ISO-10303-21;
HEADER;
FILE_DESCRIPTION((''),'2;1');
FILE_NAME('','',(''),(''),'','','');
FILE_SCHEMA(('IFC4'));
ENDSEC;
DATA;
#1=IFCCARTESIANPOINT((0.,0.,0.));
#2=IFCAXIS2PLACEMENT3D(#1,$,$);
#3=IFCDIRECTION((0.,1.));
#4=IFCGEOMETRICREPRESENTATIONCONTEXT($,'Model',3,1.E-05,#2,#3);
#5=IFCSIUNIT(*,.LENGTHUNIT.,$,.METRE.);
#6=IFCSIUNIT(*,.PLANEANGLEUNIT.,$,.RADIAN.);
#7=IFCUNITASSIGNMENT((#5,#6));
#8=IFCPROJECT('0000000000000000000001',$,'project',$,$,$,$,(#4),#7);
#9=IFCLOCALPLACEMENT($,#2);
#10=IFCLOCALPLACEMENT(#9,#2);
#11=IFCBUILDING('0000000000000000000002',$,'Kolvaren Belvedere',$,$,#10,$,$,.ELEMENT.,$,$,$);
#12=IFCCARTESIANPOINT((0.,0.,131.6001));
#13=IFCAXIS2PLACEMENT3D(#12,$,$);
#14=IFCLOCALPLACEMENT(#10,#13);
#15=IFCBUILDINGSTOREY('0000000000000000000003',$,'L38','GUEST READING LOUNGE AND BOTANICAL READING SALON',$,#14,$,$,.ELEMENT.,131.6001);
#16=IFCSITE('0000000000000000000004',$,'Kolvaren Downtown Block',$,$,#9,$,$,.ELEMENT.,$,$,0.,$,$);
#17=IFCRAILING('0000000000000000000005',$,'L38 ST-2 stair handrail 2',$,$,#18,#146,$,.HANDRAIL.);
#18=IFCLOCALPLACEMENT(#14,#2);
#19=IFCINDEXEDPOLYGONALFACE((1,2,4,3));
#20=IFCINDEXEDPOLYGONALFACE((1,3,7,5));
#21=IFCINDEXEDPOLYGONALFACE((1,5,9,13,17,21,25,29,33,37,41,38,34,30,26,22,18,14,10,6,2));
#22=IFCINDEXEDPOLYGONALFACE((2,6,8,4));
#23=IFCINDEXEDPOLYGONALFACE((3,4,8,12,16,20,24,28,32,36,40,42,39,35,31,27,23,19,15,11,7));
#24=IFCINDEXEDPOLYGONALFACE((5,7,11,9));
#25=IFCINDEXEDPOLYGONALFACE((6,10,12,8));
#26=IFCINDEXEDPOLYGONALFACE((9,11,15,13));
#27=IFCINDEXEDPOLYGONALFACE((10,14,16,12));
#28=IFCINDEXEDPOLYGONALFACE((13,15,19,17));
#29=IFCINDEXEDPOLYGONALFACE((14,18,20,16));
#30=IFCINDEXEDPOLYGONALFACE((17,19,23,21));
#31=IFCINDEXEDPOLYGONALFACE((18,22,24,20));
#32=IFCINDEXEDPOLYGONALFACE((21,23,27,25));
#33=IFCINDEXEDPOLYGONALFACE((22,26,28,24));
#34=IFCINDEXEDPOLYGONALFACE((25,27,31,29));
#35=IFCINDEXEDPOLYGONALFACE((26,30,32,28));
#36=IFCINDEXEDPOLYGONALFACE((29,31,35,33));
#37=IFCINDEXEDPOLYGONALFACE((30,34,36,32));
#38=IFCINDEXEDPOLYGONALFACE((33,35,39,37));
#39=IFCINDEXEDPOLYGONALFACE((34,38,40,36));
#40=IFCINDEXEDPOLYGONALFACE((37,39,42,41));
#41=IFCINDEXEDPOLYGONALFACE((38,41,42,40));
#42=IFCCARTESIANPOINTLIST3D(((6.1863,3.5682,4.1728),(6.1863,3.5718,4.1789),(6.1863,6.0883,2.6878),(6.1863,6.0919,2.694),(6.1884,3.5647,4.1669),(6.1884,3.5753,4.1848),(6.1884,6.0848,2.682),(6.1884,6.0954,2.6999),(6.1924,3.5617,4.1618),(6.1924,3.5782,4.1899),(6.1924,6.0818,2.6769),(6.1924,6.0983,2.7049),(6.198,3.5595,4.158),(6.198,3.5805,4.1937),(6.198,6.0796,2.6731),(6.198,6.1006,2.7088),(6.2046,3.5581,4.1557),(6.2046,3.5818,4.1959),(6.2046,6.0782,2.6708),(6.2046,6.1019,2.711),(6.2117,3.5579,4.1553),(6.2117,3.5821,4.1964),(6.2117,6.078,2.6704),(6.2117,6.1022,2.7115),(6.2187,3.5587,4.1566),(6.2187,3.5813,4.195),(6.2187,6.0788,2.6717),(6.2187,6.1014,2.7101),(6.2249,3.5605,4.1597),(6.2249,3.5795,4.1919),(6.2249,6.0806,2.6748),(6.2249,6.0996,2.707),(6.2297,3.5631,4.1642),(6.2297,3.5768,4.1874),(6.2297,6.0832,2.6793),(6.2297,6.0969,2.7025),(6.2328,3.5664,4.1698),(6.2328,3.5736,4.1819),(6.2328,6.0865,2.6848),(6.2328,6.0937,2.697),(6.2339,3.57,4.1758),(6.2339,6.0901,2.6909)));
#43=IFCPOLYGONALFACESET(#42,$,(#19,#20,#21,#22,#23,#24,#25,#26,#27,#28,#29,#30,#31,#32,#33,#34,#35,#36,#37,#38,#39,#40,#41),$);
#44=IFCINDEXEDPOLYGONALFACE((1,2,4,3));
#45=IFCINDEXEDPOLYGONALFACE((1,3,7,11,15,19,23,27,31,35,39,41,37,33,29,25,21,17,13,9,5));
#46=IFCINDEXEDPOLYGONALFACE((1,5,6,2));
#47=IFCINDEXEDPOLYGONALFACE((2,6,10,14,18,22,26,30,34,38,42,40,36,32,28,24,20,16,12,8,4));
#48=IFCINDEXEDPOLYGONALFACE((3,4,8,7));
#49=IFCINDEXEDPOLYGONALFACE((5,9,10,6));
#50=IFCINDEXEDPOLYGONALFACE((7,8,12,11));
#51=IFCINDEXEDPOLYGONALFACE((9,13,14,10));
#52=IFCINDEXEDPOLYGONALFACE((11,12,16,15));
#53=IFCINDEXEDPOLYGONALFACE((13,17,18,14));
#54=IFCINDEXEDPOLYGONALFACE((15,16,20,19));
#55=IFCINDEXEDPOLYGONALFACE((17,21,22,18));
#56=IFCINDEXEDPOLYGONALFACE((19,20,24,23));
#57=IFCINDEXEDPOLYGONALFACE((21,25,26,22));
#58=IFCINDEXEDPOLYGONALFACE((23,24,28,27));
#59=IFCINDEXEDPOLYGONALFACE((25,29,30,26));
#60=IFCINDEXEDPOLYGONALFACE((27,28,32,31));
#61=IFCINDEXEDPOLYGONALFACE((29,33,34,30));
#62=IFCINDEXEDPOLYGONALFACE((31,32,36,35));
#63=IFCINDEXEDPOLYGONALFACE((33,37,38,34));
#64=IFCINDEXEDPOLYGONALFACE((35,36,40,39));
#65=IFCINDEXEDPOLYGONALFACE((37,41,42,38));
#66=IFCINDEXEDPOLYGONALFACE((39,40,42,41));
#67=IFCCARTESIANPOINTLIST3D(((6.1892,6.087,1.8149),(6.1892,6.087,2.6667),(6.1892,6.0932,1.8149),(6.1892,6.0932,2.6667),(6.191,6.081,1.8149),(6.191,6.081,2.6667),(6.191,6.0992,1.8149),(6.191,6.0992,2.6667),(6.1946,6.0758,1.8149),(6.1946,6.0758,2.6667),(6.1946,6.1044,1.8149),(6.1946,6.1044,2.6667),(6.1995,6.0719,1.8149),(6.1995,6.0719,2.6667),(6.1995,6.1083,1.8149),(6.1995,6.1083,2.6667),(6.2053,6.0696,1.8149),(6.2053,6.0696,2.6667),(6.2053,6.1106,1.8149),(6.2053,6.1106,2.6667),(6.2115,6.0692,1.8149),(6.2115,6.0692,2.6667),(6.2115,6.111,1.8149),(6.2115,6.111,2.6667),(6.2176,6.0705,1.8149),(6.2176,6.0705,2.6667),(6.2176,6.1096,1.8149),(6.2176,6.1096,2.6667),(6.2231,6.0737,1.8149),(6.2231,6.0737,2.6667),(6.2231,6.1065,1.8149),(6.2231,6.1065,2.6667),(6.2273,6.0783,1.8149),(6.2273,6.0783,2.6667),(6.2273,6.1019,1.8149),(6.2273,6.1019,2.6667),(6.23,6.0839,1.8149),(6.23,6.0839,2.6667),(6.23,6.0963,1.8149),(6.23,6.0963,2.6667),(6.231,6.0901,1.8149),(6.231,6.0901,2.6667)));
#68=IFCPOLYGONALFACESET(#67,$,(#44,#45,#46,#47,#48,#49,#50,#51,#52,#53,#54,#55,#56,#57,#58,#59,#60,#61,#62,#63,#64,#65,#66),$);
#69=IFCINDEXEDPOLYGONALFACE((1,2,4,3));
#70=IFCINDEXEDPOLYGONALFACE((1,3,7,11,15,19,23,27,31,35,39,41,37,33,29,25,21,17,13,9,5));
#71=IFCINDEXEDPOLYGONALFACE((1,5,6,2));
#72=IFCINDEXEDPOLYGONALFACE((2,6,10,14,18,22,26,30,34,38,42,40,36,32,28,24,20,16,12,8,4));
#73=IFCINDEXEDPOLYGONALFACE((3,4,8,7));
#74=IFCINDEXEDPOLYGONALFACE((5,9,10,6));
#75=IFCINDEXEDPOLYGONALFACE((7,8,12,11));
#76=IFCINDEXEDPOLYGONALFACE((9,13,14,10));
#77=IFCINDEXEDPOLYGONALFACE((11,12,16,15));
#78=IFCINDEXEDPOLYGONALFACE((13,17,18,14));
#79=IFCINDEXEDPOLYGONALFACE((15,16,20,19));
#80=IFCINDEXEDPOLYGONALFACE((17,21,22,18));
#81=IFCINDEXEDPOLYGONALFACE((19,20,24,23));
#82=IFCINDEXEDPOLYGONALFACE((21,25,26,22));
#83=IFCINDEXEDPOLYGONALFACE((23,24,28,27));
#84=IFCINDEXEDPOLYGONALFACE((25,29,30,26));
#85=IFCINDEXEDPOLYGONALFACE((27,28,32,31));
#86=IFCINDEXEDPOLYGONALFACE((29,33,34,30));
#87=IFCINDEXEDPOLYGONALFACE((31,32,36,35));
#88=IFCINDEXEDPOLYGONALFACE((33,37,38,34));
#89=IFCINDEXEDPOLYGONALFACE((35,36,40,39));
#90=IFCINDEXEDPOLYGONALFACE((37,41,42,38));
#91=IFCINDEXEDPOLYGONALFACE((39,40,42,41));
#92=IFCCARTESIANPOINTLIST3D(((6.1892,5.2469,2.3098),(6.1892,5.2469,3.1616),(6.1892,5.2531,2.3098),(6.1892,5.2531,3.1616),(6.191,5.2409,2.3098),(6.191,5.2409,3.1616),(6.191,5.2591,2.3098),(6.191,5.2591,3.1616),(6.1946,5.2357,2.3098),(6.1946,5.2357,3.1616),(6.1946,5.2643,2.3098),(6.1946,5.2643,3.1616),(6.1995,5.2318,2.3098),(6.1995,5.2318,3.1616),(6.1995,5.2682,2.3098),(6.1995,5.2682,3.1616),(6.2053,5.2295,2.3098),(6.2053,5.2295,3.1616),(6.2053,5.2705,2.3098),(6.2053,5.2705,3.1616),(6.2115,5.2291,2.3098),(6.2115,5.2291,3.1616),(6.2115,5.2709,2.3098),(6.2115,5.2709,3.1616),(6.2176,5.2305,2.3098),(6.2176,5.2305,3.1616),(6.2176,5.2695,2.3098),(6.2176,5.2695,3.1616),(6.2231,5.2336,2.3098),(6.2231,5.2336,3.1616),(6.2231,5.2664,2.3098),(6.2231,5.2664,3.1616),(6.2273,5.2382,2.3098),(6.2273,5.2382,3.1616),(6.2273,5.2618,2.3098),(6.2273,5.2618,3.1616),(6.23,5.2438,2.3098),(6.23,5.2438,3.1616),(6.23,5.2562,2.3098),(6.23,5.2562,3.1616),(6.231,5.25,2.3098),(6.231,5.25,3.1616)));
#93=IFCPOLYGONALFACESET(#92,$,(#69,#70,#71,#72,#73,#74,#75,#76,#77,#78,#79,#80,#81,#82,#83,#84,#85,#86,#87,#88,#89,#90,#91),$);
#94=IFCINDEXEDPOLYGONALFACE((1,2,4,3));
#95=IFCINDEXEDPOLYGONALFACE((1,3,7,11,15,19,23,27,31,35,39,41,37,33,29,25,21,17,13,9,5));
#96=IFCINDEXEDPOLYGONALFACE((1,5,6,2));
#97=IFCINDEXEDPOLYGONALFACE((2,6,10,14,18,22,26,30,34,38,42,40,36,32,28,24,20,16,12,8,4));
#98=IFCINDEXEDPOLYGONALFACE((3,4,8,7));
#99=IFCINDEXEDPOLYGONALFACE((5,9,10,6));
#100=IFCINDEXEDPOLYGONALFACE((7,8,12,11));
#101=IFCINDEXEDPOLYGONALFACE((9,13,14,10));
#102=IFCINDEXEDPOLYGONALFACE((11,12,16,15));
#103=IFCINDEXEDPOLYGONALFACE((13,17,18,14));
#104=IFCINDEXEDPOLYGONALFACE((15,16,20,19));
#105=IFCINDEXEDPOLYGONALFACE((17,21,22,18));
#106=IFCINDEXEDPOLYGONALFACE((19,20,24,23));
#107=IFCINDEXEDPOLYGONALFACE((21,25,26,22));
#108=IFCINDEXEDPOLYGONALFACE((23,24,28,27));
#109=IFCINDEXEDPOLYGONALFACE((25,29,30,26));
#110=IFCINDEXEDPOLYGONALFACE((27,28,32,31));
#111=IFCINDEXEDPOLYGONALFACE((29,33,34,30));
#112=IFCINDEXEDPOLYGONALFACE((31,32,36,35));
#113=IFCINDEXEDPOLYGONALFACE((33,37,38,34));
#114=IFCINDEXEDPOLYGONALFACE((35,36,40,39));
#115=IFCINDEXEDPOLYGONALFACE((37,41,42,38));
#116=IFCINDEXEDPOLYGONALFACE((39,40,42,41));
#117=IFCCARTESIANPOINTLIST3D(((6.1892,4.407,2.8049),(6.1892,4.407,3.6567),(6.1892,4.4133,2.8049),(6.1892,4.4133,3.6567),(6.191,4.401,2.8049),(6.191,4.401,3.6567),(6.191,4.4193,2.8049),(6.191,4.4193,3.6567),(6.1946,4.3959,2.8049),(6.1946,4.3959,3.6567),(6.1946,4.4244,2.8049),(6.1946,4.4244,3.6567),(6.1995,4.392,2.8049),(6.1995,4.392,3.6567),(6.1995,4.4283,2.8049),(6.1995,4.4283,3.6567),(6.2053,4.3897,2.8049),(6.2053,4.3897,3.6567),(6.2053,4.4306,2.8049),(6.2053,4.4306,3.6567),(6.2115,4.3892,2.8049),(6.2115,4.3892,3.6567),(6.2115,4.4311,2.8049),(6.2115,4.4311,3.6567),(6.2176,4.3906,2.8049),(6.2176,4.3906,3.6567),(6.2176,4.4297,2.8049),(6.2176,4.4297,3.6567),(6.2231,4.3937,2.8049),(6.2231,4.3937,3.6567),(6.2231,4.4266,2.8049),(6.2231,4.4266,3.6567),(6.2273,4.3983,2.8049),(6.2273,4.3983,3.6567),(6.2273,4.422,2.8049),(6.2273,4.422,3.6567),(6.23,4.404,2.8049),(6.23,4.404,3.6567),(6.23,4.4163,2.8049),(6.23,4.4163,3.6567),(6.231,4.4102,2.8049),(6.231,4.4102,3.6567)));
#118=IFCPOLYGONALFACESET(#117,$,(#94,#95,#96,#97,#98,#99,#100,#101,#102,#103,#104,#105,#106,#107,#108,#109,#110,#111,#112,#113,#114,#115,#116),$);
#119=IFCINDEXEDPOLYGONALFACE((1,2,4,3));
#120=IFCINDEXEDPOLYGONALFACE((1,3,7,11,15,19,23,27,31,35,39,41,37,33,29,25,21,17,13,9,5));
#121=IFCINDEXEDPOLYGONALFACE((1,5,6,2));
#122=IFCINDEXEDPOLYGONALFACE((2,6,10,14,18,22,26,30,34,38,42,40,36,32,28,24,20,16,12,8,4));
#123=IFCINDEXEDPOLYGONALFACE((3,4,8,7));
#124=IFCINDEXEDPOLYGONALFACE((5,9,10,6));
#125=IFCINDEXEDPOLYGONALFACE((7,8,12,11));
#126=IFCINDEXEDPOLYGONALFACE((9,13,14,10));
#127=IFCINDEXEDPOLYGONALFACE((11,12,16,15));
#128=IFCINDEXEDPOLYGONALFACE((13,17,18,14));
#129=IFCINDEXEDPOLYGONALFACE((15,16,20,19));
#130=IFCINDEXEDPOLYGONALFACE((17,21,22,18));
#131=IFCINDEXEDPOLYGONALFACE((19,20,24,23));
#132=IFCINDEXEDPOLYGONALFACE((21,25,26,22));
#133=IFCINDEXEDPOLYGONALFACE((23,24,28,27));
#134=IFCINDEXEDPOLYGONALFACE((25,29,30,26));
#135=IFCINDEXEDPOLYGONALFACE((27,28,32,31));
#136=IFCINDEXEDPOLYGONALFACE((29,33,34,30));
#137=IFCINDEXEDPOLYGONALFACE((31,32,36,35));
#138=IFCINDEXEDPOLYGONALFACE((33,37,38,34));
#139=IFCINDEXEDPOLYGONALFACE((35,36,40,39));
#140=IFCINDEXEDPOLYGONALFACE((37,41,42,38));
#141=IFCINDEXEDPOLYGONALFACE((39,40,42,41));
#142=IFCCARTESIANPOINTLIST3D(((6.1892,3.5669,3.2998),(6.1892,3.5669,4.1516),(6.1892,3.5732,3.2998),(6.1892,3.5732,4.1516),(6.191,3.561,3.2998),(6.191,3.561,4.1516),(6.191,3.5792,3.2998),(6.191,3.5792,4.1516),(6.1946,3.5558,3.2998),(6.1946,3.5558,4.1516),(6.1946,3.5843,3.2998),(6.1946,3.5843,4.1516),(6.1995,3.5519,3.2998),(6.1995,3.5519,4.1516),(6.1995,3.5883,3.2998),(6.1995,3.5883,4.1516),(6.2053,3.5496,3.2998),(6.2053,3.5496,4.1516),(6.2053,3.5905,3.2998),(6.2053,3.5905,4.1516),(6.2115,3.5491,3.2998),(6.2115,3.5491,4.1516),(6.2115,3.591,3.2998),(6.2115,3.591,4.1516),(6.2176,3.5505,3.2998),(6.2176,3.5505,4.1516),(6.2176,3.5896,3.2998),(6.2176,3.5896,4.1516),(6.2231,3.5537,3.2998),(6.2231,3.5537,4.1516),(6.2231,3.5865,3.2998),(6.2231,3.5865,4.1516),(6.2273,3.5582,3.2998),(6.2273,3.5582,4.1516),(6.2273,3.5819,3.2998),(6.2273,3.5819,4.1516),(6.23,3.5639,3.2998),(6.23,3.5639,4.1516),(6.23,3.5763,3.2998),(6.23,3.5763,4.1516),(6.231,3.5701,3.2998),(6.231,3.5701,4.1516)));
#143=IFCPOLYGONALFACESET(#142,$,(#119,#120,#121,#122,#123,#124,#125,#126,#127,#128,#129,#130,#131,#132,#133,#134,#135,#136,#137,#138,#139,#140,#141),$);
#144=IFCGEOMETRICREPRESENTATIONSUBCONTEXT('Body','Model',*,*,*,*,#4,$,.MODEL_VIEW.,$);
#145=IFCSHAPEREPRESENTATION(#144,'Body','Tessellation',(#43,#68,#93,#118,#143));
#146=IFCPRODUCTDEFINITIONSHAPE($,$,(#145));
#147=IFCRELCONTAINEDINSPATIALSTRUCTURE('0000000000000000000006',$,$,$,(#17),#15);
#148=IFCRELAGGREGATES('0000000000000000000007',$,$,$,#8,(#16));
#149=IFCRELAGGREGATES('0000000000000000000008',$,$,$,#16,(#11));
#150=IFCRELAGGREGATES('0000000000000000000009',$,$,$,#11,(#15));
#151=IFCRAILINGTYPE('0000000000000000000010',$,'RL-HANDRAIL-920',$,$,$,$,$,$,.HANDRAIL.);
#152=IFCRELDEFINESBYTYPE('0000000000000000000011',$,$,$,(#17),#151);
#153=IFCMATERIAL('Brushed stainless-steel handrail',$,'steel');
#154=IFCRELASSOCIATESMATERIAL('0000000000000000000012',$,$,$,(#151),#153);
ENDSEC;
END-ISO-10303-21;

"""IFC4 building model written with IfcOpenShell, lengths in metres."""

from ifc_helpers import new_model, si_unit, direction, frame, origin, origin_2d, place, context, subcontext, project, spatial, circle, extrude, material, type_object, element, save


model = new_model("IFC4")

# Units and contexts
model_context = context("Model", 3, precision=1e-05, world=origin(), true_north=direction((0.0, 1.0)))
body_context = subcontext(model_context, "Body", "Model", "MODEL_VIEW")
ifc_project = project(units=[si_unit("LENGTHUNIT", "METRE"), si_unit("PLANEANGLEUNIT", "RADIAN")], contexts=[model_context])

# Site, building, storey
site_placement = place(None, origin())
site = spatial("IfcSite", under=ifc_project, at=site_placement, Name="Kolvaren Downtown Block", CompositionType="ELEMENT", RefElevation=0.0)
building_placement = place(site_placement, origin())
building = spatial("IfcBuilding", under=site, at=building_placement, Name="Kolvaren Belvedere", CompositionType="ELEMENT")
storey_placement = place(building_placement, frame((0.0, 0.0, 131.6001)))
storey = spatial("IfcBuildingStorey", under=building, at=storey_placement, Name="L38", Description="GUEST READING LOUNGE AND BOTANICAL READING SALON", CompositionType="ELEMENT", Elevation=131.6001)

# Railing
ifc_material_1 = material(Name="Brushed stainless-steel handrail", Category="steel")
railing_type_1 = type_object("IfcRailingType", Name="RL-HANDRAIL-920", PredefinedType="HANDRAIL", material=ifc_material_1)
railing_1_placement = place(storey_placement, frame((6.21, 6.0901, 1.8149)))
element("IfcRailing", 1, at=railing_1_placement, inside=storey, type_object=railing_type_1, Name="L38 ST-2 stair handrail 2", PredefinedType="HANDRAIL", context=body_context, shape_type="SweptSolid", body=[
    extrude(circle(Radius=0.0239, at=origin_2d()), frame((0.0, 0.0, 0.876), z_axis=(0.0, -0.861561, 0.507655), x_axis=(1.0, 0.0, 0.0)), (0.0, 0.0, 1.0), 2.925),
    extrude(circle(Radius=0.021, at=origin_2d()), origin(), (0.0, 0.0, 1.0), 0.8518),
    extrude(circle(Radius=0.021, at=origin_2d()), frame((0.0, -0.8401, 0.4949)), (0.0, 0.0, 1.0), 0.8518),
    extrude(circle(Radius=0.021, at=origin_2d()), frame((0.0, -1.6799, 0.99)), (0.0, 0.0, 1.0), 0.8518),
    extrude(circle(Radius=0.021, at=origin_2d()), frame((0.0, -2.52, 1.4849)), (0.0, 0.0, 1.0), 0.8518),
])

save(model, "model.ifc")
